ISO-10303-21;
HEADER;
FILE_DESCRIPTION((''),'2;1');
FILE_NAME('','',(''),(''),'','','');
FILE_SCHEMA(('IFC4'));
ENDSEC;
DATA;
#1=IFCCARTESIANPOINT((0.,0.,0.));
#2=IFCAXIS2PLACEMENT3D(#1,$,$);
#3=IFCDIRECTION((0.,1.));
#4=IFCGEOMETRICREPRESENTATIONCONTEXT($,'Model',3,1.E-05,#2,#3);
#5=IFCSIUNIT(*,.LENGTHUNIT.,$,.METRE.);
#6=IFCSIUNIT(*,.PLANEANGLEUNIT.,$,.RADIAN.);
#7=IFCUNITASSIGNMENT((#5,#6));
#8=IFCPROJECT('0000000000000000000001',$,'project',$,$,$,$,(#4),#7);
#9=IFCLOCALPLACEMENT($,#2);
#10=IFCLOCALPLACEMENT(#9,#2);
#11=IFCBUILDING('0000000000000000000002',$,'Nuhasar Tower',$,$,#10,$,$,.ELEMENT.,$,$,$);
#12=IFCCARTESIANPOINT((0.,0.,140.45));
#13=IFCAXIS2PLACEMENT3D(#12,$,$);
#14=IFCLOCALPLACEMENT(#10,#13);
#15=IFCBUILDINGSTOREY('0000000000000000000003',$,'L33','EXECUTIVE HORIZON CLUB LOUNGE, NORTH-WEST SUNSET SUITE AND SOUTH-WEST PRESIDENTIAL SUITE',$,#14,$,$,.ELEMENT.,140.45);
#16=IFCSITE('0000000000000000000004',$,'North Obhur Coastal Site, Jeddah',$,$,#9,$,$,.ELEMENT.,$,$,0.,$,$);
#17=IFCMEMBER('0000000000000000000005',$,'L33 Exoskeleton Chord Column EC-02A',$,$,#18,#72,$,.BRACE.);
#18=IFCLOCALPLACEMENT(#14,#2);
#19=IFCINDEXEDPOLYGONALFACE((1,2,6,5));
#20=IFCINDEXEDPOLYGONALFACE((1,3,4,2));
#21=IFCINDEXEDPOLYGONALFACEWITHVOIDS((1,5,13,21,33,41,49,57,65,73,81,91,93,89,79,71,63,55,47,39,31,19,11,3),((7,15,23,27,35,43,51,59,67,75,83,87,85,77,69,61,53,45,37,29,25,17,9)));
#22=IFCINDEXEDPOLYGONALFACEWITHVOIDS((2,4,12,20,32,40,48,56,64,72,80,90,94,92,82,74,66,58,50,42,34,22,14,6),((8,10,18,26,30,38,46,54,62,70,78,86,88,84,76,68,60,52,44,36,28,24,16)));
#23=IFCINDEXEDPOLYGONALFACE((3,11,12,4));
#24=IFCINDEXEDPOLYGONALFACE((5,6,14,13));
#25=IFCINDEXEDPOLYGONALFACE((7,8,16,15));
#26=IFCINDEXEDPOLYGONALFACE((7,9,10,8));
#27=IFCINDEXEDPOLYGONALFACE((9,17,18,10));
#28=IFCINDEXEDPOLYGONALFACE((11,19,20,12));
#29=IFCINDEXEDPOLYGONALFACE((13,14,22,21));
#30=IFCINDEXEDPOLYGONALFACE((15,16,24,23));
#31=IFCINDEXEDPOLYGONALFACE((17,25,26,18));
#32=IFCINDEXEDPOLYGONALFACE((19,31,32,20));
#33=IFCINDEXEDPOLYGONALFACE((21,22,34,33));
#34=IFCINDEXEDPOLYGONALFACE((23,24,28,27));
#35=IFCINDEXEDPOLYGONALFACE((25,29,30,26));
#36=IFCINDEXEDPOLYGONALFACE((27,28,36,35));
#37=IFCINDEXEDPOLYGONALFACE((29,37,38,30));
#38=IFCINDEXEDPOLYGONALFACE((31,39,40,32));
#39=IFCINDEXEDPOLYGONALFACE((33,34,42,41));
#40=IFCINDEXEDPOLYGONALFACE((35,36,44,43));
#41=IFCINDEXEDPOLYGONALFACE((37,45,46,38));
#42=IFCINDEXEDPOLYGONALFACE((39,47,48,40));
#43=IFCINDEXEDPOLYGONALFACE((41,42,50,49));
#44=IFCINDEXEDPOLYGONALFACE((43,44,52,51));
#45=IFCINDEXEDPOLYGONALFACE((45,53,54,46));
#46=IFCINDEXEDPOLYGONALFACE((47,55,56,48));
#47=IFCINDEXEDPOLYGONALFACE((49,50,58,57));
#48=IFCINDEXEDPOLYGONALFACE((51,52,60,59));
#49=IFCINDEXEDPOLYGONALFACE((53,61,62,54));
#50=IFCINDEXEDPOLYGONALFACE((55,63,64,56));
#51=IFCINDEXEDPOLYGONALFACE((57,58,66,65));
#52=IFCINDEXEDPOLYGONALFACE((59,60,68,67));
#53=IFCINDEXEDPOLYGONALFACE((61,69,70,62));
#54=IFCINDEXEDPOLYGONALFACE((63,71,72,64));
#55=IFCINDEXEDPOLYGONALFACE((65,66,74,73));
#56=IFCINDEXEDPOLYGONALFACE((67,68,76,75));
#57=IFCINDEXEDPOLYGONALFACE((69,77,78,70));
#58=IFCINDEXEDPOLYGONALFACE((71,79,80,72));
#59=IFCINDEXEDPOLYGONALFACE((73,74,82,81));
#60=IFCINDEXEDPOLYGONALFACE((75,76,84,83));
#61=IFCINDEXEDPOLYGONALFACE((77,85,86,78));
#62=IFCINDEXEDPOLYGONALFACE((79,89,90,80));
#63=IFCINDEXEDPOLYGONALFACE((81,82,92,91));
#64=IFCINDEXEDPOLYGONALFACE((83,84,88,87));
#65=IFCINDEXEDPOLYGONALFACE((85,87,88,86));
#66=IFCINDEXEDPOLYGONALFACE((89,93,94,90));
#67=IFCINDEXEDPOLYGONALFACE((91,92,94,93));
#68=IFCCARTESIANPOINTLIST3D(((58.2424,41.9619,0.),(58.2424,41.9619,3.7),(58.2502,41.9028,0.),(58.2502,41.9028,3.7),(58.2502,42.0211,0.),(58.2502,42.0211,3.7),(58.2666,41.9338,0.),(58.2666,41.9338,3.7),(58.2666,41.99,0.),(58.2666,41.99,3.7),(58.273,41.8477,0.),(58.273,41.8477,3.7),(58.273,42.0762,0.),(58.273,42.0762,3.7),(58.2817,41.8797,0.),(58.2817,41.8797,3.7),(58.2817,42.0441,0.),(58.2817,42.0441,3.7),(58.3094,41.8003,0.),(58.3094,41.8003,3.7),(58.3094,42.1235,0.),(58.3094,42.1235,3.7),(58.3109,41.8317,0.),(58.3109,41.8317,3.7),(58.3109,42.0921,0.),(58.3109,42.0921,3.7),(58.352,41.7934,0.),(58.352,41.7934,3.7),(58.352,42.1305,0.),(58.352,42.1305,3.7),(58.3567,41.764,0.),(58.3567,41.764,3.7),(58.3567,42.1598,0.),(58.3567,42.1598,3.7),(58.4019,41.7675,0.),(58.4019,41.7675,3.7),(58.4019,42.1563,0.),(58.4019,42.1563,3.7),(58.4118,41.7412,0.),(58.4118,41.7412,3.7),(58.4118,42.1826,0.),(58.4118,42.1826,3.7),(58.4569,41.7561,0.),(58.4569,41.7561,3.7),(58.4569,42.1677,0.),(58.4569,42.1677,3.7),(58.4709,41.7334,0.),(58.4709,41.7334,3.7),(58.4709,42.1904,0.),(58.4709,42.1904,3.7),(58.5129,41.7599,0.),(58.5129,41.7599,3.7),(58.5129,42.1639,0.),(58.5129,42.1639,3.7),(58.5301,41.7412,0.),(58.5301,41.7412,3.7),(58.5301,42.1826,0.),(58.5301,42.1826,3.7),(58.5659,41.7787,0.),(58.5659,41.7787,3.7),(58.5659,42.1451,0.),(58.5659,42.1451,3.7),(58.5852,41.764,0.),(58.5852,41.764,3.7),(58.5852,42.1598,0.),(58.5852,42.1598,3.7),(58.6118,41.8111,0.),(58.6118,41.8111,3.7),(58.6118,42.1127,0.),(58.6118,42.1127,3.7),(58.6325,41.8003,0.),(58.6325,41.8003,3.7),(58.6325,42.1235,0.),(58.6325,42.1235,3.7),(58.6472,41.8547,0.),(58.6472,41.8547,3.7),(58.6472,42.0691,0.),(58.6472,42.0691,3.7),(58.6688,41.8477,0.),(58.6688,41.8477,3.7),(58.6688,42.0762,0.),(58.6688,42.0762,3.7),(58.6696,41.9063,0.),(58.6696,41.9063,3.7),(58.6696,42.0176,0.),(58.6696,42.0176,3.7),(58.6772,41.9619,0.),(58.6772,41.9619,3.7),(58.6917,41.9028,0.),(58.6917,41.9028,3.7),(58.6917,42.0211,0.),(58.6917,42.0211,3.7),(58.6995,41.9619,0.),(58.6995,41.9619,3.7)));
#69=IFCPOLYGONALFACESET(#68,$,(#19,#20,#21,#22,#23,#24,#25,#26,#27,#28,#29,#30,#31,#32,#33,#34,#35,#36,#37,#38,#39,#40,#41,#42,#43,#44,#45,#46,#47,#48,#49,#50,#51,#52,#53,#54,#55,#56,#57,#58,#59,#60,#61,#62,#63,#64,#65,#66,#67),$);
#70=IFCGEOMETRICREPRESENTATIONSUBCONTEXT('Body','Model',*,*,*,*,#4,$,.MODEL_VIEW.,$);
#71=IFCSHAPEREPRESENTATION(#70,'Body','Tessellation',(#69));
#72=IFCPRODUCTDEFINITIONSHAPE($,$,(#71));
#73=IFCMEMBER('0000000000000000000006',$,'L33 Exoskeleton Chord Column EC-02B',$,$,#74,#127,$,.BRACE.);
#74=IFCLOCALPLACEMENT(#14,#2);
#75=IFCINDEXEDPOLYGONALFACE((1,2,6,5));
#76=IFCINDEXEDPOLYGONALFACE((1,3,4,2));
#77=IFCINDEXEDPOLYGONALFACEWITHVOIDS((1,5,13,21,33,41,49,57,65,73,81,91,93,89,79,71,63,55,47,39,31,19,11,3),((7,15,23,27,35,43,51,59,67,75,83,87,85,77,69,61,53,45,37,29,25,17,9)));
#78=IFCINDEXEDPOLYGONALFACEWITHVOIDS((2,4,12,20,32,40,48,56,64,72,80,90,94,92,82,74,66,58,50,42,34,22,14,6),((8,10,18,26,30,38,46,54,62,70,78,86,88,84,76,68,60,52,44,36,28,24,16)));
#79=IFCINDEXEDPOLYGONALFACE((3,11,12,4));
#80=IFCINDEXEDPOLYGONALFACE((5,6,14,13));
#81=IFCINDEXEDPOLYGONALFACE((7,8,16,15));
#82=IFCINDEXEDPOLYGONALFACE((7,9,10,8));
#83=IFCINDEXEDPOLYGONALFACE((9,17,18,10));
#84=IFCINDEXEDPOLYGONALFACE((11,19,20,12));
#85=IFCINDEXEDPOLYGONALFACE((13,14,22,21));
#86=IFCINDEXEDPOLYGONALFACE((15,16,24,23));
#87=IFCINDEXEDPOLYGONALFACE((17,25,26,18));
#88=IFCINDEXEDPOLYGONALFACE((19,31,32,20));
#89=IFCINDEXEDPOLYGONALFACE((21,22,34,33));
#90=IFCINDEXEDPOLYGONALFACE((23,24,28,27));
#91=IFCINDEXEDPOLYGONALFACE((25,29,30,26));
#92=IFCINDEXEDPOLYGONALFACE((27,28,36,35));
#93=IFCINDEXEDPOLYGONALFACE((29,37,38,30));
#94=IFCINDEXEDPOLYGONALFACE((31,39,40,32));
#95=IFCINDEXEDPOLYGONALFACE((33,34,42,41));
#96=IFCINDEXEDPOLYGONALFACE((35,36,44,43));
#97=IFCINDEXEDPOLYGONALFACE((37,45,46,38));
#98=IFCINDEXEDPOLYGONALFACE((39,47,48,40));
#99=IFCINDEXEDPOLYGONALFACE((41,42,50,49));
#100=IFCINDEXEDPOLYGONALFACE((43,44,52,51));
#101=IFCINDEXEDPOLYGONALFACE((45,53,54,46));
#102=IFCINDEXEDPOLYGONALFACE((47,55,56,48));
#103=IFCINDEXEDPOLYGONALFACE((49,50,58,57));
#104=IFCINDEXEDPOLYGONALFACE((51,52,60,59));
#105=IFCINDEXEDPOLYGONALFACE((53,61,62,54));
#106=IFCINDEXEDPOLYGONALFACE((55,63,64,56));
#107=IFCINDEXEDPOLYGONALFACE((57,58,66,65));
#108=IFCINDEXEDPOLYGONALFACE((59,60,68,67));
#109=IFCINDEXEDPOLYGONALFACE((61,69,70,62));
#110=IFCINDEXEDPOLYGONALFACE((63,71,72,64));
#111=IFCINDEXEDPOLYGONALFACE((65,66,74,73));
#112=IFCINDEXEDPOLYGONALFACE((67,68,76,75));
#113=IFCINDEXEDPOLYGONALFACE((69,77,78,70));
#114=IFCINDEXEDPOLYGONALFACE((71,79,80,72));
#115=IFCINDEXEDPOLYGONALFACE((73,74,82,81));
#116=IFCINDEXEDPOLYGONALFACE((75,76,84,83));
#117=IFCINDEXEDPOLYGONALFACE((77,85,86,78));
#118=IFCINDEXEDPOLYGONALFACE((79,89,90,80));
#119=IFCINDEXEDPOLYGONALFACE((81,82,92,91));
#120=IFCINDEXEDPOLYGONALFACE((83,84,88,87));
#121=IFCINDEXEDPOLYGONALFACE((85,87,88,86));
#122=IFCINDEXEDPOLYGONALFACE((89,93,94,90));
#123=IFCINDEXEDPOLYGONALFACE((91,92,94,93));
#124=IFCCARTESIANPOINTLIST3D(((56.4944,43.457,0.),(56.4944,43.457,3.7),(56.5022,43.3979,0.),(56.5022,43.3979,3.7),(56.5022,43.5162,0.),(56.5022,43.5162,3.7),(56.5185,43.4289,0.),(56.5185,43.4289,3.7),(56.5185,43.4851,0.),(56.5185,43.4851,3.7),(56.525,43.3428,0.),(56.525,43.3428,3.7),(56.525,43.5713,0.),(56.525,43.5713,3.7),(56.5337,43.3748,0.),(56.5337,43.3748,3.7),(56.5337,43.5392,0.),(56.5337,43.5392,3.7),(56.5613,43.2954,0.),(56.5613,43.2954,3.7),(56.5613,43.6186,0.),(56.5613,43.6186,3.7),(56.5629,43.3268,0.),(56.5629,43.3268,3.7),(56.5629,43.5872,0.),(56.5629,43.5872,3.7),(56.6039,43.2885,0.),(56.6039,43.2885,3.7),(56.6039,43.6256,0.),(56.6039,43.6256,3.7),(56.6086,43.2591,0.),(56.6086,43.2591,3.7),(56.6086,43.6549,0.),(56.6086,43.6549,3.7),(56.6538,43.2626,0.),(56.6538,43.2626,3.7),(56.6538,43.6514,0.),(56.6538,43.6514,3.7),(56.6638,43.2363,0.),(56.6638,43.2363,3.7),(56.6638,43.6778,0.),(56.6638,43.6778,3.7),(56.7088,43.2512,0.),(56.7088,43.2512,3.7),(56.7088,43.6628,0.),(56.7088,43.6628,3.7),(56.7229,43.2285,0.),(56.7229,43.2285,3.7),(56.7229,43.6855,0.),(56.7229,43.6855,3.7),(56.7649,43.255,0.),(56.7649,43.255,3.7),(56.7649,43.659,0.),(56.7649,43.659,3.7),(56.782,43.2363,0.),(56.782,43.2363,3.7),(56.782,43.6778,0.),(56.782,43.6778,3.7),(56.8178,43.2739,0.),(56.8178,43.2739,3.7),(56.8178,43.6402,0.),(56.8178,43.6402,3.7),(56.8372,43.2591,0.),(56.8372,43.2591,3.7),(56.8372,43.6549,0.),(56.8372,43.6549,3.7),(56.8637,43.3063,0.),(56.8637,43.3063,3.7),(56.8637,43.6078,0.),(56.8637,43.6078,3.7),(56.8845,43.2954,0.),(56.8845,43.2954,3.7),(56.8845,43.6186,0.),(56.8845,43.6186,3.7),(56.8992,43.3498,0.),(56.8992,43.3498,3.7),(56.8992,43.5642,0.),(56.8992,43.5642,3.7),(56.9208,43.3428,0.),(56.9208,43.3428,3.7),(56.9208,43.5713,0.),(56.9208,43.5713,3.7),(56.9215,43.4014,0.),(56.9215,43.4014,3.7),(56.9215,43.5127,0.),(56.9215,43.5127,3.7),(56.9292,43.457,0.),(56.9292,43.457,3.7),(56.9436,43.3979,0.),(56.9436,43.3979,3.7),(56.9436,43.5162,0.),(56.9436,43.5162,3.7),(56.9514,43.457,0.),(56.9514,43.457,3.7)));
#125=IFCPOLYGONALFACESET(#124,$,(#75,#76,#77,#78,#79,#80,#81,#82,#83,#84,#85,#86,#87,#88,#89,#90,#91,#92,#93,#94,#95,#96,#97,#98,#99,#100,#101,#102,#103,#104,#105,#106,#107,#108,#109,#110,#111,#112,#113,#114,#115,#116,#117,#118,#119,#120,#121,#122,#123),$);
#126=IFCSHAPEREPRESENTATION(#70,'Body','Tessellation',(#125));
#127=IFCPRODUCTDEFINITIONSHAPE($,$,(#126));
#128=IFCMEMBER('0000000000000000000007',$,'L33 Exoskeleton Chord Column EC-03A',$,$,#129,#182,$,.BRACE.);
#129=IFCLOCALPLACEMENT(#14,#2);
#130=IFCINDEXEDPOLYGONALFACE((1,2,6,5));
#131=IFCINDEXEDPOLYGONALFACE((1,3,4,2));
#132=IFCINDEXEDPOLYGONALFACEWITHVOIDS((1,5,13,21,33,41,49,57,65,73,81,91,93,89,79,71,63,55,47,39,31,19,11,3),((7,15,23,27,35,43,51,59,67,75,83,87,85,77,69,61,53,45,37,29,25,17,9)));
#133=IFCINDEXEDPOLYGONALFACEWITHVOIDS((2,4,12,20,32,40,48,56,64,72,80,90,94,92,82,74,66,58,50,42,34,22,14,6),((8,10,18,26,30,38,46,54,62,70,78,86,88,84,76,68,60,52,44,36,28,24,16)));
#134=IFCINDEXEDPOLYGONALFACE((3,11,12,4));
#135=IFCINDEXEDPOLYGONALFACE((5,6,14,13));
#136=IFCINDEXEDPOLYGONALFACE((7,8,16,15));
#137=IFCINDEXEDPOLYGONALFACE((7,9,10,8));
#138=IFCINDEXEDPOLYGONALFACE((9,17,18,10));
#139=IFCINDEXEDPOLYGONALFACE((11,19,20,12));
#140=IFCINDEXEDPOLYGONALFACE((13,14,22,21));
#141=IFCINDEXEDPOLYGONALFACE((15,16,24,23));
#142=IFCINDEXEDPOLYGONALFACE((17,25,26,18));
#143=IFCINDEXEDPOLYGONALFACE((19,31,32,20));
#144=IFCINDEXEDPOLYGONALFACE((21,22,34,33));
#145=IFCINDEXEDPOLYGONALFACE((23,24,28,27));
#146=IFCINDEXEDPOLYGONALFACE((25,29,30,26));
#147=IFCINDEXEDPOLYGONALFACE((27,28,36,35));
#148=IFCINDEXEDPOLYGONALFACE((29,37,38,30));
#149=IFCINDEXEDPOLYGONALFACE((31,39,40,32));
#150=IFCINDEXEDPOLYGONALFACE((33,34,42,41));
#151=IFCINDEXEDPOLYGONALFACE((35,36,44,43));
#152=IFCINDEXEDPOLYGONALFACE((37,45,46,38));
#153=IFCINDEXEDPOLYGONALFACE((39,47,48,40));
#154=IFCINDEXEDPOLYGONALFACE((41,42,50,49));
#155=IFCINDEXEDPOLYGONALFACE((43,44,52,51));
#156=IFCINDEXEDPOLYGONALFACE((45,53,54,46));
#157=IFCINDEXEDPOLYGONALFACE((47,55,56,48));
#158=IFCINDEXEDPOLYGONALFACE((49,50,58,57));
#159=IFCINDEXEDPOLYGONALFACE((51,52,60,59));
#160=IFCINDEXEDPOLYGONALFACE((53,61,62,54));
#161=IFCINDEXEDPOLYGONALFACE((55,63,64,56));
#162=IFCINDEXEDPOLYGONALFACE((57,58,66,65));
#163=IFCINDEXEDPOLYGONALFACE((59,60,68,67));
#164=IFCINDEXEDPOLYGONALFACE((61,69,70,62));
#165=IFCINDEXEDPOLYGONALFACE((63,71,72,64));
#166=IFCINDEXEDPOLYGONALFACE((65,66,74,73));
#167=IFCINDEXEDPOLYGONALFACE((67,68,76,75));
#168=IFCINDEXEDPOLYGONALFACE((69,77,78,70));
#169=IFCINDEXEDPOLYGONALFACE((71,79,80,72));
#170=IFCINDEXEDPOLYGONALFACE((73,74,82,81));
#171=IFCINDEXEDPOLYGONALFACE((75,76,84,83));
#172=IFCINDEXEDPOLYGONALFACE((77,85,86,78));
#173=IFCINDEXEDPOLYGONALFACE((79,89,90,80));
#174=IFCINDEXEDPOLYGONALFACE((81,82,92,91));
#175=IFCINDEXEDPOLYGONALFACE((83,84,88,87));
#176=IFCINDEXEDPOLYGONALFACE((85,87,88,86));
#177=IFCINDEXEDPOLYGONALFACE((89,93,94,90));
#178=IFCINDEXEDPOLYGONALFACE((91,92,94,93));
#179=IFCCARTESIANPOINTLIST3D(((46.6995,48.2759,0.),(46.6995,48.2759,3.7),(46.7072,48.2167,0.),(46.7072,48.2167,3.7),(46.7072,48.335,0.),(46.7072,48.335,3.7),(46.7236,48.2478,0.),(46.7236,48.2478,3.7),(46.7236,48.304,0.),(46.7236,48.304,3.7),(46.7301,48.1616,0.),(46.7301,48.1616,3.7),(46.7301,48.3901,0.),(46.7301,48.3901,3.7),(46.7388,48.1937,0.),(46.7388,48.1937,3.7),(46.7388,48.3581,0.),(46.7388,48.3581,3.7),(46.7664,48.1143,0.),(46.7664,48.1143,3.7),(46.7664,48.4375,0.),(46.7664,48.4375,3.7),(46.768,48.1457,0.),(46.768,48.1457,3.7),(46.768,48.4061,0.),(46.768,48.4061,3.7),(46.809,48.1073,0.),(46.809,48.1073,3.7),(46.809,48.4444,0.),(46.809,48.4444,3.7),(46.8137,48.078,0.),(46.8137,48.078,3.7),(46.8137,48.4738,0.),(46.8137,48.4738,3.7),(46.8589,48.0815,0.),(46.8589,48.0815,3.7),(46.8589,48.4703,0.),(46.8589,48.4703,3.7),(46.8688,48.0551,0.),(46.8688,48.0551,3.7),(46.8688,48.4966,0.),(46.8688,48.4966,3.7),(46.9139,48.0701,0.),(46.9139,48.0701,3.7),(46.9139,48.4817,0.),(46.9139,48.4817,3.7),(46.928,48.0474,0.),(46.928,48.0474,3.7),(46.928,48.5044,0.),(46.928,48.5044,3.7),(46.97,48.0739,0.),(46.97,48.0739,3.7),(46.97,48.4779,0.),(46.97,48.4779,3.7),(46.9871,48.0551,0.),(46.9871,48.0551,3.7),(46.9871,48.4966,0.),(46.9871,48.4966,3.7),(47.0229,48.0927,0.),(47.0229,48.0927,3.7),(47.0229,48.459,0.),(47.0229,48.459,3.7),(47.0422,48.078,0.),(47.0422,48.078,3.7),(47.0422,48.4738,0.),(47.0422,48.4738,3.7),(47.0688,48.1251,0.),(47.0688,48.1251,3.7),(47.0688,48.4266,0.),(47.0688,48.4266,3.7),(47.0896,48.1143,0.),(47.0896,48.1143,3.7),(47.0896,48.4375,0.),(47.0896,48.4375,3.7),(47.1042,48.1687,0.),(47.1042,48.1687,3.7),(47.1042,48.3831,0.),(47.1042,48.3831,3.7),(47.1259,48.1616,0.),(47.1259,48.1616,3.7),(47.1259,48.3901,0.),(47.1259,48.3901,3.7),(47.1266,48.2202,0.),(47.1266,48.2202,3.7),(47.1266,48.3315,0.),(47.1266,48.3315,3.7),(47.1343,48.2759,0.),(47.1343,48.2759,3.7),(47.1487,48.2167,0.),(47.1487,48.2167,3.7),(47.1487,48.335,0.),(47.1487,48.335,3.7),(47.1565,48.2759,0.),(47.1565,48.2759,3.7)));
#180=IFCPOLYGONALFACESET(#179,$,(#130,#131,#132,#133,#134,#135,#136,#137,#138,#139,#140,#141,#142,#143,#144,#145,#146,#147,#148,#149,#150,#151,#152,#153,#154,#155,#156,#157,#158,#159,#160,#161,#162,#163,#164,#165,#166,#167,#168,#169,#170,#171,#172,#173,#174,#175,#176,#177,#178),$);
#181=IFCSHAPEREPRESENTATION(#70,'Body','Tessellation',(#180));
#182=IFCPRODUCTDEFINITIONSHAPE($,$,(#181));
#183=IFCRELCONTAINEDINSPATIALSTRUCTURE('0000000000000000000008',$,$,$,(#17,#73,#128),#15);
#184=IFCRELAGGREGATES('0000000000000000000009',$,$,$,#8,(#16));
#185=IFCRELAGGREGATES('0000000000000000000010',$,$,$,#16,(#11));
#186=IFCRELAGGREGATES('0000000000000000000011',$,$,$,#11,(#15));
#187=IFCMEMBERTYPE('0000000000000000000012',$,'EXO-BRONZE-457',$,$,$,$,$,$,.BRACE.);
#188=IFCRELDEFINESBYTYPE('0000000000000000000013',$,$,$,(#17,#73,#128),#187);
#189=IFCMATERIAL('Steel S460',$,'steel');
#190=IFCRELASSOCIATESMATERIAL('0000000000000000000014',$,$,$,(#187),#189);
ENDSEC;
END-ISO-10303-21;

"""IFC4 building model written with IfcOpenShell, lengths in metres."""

from ifc_helpers import new_model, si_unit, direction, frame, origin, origin_2d, place, context, subcontext, project, spatial, hollow_circle, extrude, material, material_profile, profile_set, type_object, element, save


model = new_model("IFC4")

# Units and contexts
model_context = context("Model", 3, precision=1e-05, world=origin(), true_north=direction((0.0, 1.0)))
body_context = subcontext(model_context, "Body", "Model", "MODEL_VIEW")
ifc_project = project(units=[si_unit("LENGTHUNIT", "METRE"), si_unit("PLANEANGLEUNIT", "RADIAN")], contexts=[model_context])

# Site, building, storey
site_placement = place(None, origin())
site = spatial("IfcSite", under=ifc_project, at=site_placement, Name="North Obhur Coastal Site, Jeddah", CompositionType="ELEMENT", RefElevation=0.0)
building_placement = place(site_placement, origin())
building = spatial("IfcBuilding", under=site, at=building_placement, Name="Nuhasar Tower", CompositionType="ELEMENT")
storey_placement = place(building_placement, frame((0.0, 0.0, 140.45)))
storey = spatial("IfcBuildingStorey", under=building, at=storey_placement, Name="L33", Description="EXECUTIVE HORIZON CLUB LOUNGE, NORTH-WEST SUNSET SUITE AND SOUTH-WEST PRESIDENTIAL SUITE", CompositionType="ELEMENT", Elevation=140.45)

# Members
ifc_material_1 = material(Name="Steel S460", Category="steel")
ifc_material_profile_1 = material_profile(ifc_material_1, hollow_circle(Radius=0.2285, WallThickness=0.0222, at=origin_2d()), Name="HSS457X22.2")
ifc_profile_set_1 = profile_set([ifc_material_profile_1], Name="Steel S460")
member_type_1 = type_object("IfcMemberType", Name="EXO-BRONZE-457", PredefinedType="BRACE", material=ifc_profile_set_1)
for number, where, z_axis, x_axis, name in (
    (1, (58.4709, 41.9619, 0.0), (0.0, 0.0, 1.0), (1.0, 0.0, 0.0), "L33 Exoskeleton Chord Column EC-02A"),
    (2, (56.7229, 43.457, 0.0), (0.0, 0.0, 1.0), (1.0, 0.0, 0.0), "L33 Exoskeleton Chord Column EC-02B"),
    (3, (46.928, 48.2759, 0.0), (0.0, 0.0, 1.0), (1.0, 0.0, 0.0), "L33 Exoskeleton Chord Column EC-03A"),
):
    element("IfcMember", number, at=place(storey_placement, frame(where, z_axis=z_axis, x_axis=x_axis)), inside=storey, type_object=member_type_1, Name=name, PredefinedType="BRACE", context=body_context, shape_type="SweptSolid", body=[
        extrude(hollow_circle(Radius=0.2285, WallThickness=0.0222, at=origin_2d()), origin(), (0.0, 0.0, 1.0), 3.7),
    ])

save(model, "model.ifc")
